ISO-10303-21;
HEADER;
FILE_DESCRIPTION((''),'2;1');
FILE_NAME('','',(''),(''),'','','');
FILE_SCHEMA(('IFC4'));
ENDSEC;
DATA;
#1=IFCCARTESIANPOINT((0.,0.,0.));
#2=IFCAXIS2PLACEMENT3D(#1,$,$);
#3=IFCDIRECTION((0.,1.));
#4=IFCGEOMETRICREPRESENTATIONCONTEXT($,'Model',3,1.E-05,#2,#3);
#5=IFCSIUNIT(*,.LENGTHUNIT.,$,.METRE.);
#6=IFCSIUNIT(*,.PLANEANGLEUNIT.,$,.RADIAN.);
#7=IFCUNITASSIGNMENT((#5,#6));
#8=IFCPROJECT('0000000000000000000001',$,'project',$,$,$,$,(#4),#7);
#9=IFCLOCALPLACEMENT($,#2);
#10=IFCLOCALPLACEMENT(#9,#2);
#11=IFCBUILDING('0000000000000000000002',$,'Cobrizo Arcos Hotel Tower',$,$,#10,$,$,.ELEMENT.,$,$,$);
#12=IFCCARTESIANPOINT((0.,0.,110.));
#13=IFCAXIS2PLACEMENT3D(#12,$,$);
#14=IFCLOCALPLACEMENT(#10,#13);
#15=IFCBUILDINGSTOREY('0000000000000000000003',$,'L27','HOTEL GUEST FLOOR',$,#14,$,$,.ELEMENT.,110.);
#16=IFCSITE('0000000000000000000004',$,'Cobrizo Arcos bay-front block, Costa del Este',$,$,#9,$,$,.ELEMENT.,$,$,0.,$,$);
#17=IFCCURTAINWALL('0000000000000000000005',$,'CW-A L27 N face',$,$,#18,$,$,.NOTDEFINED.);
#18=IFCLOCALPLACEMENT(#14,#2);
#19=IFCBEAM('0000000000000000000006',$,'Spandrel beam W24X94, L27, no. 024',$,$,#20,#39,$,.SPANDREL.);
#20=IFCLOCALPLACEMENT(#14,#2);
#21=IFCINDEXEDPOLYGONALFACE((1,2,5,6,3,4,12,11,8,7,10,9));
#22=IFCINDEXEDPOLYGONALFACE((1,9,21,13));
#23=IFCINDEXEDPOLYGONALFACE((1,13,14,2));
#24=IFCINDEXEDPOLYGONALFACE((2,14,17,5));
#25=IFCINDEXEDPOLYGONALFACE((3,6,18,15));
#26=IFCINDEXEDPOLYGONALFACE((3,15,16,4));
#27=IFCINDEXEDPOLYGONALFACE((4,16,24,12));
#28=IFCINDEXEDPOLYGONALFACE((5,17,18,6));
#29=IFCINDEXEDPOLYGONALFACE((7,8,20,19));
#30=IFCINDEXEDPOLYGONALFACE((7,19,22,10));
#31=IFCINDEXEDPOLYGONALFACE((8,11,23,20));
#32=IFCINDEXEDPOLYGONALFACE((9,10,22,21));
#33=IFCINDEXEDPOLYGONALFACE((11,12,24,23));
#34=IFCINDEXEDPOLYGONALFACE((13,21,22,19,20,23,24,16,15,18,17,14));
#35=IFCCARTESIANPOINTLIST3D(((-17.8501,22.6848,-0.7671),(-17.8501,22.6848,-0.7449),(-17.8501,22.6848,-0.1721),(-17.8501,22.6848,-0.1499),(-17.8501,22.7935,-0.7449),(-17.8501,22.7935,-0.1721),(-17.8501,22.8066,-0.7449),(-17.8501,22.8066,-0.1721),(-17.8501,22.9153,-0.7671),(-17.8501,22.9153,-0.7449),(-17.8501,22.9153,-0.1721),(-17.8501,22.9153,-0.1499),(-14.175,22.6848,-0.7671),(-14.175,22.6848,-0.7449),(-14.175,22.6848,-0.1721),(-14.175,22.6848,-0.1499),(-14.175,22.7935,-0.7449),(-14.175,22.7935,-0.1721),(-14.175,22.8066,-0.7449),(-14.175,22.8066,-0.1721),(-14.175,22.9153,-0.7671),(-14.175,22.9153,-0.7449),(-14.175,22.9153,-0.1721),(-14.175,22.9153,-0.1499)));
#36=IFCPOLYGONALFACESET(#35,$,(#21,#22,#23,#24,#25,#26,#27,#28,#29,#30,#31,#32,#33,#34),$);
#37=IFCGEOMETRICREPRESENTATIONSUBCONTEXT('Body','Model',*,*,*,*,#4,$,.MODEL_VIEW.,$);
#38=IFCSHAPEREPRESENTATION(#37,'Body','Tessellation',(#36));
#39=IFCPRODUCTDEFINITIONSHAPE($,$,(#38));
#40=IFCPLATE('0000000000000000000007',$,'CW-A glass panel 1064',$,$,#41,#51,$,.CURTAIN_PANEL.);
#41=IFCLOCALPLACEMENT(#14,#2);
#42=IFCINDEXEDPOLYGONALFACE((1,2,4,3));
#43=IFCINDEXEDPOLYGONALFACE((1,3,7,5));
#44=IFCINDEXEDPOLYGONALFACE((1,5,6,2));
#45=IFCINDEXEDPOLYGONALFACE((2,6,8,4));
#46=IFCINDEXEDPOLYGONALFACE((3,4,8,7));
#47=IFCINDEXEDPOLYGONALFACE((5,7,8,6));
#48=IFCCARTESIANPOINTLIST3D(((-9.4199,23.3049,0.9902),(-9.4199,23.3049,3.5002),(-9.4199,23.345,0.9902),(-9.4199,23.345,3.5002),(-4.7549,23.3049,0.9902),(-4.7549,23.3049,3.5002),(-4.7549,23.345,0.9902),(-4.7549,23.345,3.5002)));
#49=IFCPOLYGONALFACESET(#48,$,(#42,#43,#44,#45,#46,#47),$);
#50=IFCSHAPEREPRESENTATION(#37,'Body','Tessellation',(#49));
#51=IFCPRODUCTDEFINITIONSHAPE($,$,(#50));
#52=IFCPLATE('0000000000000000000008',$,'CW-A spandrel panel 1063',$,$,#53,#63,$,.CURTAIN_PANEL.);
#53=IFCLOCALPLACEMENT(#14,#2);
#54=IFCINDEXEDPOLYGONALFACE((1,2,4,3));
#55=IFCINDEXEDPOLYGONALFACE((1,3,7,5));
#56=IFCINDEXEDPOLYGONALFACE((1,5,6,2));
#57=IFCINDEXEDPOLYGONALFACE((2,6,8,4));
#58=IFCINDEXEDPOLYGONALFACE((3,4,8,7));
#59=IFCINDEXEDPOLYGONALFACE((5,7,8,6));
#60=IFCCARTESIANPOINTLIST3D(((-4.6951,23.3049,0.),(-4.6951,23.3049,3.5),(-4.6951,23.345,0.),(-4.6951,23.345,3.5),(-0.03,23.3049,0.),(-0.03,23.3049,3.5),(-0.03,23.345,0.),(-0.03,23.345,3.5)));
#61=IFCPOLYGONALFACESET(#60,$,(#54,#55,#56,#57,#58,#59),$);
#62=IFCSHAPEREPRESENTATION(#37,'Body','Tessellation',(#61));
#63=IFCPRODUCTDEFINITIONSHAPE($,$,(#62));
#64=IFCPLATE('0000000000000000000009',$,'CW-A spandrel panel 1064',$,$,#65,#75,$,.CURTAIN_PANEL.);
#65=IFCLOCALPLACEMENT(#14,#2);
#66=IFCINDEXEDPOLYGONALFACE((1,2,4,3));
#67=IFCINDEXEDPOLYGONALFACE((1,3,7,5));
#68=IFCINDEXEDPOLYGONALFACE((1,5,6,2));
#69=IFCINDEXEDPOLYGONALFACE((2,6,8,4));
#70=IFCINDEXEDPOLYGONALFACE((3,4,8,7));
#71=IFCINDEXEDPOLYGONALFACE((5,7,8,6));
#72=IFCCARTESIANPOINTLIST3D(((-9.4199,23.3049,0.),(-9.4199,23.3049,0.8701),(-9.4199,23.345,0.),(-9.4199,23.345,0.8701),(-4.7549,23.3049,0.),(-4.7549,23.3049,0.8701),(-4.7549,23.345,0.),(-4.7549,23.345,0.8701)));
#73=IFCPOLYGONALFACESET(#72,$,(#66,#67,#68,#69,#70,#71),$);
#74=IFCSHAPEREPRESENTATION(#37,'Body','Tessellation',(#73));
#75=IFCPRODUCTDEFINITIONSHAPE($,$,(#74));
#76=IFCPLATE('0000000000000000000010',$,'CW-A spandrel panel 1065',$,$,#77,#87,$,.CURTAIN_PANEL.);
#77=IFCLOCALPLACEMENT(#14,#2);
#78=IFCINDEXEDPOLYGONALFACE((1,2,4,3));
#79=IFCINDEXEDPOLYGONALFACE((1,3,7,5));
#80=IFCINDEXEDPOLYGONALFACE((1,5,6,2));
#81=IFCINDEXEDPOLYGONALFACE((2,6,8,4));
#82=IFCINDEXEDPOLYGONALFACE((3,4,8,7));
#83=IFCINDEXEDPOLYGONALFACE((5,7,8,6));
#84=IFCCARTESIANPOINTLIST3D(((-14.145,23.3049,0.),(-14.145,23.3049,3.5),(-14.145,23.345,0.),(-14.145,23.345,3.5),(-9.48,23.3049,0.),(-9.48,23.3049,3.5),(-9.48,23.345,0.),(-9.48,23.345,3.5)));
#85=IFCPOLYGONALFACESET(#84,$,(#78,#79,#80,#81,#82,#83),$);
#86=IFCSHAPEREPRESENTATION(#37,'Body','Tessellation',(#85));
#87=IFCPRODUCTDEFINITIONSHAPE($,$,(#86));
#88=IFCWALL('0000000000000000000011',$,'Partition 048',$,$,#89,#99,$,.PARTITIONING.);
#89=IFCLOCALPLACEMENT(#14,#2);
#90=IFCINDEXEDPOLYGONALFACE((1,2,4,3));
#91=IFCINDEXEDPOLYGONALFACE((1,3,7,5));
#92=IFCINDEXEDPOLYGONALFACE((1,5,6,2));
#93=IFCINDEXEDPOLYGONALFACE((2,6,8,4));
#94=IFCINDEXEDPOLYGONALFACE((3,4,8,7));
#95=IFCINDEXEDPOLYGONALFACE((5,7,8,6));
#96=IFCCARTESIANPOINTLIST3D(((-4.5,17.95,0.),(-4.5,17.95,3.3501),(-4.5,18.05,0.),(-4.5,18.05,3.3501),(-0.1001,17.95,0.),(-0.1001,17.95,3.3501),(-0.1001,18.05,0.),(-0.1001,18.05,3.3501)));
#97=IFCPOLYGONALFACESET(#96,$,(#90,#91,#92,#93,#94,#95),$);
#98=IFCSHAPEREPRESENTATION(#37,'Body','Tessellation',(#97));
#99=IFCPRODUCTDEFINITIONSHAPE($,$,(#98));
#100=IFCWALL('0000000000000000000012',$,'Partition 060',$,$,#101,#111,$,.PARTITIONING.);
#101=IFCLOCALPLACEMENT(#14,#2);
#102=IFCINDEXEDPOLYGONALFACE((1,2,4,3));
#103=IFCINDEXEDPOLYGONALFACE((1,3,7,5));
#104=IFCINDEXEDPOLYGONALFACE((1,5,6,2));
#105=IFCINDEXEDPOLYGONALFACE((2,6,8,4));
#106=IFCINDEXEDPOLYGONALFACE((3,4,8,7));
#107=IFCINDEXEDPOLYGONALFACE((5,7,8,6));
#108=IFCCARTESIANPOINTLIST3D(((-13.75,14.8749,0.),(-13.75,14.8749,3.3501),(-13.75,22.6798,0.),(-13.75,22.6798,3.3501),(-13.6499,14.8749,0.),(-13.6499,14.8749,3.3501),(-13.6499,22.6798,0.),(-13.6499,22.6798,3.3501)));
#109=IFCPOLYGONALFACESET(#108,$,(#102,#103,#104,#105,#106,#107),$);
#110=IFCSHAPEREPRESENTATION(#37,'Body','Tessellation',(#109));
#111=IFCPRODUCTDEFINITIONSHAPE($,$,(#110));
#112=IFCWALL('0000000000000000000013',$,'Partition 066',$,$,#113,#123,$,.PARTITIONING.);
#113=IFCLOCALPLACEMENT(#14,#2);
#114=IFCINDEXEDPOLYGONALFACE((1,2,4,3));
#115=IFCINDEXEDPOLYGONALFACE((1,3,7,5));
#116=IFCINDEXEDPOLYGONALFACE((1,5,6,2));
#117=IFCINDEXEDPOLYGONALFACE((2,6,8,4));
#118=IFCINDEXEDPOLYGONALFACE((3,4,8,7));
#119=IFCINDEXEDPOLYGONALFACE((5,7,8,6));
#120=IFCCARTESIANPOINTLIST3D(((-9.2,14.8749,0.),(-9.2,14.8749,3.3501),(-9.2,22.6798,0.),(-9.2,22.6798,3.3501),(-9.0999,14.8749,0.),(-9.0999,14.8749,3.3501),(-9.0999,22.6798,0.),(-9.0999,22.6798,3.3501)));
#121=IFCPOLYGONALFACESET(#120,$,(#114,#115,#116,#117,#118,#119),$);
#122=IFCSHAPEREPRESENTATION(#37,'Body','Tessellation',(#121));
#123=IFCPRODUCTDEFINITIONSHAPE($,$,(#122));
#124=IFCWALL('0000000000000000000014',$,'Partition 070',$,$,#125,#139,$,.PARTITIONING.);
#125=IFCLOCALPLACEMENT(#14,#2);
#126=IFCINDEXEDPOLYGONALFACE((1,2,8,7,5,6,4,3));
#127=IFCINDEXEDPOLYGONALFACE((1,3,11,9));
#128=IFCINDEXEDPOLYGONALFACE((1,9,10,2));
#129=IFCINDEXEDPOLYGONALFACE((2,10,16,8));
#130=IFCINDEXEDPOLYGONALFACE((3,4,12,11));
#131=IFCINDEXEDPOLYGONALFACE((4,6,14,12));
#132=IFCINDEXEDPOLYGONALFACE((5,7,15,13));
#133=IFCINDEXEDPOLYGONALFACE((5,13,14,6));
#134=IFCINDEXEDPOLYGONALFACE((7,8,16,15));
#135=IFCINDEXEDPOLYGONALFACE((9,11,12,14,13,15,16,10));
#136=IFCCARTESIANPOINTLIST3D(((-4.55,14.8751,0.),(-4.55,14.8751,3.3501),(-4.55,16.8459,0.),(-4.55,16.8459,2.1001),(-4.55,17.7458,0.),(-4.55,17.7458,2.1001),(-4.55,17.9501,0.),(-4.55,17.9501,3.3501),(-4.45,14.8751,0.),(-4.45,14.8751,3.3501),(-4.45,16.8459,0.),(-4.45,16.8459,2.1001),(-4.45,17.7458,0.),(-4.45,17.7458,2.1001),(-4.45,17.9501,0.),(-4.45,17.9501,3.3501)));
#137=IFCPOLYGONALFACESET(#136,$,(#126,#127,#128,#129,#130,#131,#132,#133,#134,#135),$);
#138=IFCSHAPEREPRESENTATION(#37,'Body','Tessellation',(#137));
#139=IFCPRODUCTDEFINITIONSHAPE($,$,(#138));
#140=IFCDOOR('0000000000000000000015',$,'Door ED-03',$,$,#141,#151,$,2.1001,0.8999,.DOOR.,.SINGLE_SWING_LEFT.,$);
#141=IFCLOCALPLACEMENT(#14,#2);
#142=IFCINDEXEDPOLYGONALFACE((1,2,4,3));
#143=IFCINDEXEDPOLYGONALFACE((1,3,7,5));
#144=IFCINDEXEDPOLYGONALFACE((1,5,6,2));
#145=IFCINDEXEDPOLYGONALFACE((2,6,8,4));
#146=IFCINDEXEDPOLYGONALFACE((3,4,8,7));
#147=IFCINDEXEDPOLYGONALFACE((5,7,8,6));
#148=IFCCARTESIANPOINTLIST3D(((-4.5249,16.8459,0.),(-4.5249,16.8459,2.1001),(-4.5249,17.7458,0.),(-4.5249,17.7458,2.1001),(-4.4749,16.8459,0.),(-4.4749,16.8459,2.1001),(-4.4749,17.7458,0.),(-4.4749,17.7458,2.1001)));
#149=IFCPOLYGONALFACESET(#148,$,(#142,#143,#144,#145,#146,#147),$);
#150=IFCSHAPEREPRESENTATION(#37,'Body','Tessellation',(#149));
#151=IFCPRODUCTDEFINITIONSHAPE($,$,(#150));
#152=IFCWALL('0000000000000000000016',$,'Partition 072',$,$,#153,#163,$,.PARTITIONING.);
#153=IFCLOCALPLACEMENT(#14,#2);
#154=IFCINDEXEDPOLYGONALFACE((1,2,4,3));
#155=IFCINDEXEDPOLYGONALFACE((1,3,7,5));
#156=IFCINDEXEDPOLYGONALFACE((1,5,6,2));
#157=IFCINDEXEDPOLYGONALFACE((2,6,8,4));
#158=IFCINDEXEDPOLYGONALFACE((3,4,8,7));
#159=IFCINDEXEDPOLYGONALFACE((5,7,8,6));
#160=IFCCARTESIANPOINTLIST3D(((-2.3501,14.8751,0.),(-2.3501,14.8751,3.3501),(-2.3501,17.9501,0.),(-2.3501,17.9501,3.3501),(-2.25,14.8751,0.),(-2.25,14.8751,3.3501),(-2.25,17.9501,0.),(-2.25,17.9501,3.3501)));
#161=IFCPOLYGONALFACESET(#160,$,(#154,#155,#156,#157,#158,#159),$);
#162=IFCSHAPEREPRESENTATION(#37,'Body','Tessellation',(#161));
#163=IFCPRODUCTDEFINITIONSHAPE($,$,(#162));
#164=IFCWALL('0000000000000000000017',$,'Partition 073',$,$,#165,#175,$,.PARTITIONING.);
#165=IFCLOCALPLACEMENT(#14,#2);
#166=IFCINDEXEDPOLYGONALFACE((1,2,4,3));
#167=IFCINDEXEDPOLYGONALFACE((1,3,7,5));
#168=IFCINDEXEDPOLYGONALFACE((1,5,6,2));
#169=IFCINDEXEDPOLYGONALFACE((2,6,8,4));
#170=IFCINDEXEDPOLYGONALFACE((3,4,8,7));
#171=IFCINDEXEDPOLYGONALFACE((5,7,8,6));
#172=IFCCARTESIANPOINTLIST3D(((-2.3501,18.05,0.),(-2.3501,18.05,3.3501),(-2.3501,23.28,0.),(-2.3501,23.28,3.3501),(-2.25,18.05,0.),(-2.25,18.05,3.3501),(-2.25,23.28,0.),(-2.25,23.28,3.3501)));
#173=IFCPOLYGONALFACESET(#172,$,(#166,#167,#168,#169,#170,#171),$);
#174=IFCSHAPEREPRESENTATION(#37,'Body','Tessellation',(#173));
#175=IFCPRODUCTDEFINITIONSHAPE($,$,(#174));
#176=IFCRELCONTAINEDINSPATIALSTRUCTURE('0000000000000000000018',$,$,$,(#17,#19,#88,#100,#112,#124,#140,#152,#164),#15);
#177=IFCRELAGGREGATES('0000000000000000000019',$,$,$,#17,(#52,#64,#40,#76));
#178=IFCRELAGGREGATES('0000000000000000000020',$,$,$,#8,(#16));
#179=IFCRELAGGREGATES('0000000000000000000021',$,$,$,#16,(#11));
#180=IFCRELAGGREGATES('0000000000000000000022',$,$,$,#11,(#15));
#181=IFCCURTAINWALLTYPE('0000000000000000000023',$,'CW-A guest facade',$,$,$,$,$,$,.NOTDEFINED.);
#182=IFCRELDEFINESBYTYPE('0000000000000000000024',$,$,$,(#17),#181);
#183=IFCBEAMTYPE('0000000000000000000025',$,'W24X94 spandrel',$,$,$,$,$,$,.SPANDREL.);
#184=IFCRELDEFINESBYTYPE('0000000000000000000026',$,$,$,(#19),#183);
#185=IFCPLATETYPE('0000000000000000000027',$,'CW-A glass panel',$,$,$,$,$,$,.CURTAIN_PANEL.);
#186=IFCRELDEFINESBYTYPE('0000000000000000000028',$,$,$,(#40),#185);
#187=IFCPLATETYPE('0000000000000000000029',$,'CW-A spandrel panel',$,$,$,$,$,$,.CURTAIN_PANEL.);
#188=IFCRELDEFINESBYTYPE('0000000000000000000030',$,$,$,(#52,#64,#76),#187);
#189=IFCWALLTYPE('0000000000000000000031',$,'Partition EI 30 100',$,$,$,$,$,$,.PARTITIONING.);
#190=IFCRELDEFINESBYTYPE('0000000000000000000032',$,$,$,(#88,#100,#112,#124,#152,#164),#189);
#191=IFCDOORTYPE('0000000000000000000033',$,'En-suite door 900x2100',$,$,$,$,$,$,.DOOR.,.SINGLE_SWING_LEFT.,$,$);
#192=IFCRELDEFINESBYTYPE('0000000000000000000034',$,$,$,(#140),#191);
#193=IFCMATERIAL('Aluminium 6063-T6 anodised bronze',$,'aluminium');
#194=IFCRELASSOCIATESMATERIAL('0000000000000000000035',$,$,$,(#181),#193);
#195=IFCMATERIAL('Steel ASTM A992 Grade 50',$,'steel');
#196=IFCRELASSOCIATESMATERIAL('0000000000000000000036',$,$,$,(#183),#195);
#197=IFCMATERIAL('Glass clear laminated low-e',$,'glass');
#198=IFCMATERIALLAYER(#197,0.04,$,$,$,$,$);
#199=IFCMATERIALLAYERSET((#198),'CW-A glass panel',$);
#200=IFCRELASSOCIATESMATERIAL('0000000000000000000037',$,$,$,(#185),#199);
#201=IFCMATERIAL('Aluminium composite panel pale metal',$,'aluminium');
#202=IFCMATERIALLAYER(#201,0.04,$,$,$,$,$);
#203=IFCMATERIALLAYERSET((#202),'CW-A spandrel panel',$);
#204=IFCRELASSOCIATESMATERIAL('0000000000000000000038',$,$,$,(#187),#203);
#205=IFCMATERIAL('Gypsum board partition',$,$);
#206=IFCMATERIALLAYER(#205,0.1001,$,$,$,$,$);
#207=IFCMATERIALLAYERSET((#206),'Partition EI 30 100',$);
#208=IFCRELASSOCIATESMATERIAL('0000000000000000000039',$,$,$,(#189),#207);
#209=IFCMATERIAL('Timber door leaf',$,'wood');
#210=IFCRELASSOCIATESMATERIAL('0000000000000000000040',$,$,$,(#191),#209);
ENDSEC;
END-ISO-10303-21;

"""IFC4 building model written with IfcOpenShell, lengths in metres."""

from ifc_helpers import new_model, si_unit, direction, frame, frame_2d, origin, origin_2d, place, context, subcontext, project, spatial, rectangle, i_section, extrude, material, layer, layer_set, material_profile, profile_set, type_object, element, fill, aggregate, save


model = new_model("IFC4")

# Units and contexts
model_context = context("Model", 3, precision=1e-05, world=origin(), true_north=direction((0.0, 1.0)))
body_context = subcontext(model_context, "Body", "Model", "MODEL_VIEW")
ifc_project = project(units=[si_unit("LENGTHUNIT", "METRE"), si_unit("PLANEANGLEUNIT", "RADIAN")], contexts=[model_context])

# Site, building, storey
site_placement = place(None, origin())
site = spatial("IfcSite", under=ifc_project, at=site_placement, Name="Cobrizo Arcos bay-front block, Costa del Este", CompositionType="ELEMENT", RefElevation=0.0)
building_placement = place(site_placement, origin())
building = spatial("IfcBuilding", under=site, at=building_placement, Name="Cobrizo Arcos Hotel Tower", CompositionType="ELEMENT")
storey_placement = place(building_placement, frame((0.0, 0.0, 110.0)))
storey = spatial("IfcBuildingStorey", under=building, at=storey_placement, Name="L27", Description="HOTEL GUEST FLOOR", CompositionType="ELEMENT", Elevation=110.0)

# Curtain wall
ifc_material_1 = material(Name="Aluminium 6063-T6 anodised bronze", Category="aluminium")
curtain_wall_type = type_object("IfcCurtainWallType", Name="CW-A guest facade", PredefinedType="NOTDEFINED", material=ifc_material_1)
curtain_wall_placement = place(storey_placement, origin())
curtain_wall = element("IfcCurtainWall", 1, at=curtain_wall_placement, inside=storey, type_object=curtain_wall_type, Name="CW-A L27 N face", PredefinedType="NOTDEFINED")

# Beam
ifc_material_2 = material(Name="Steel ASTM A992 Grade 50", Category="steel")
ifc_material_profile_1 = material_profile(ifc_material_2, i_section(OverallWidth=0.2305, OverallDepth=0.6172, WebThickness=0.0132, FlangeThickness=0.0222, at=origin_2d()), Name="W24X94")
ifc_profile_set_1 = profile_set([ifc_material_profile_1], Name="Steel ASTM A992 Grade 50")
beam_type = type_object("IfcBeamType", Name="W24X94 spandrel", PredefinedType="SPANDREL", material=ifc_profile_set_1)
beam_1_placement = place(storey_placement, frame((-14.175, 22.8, -0.4585), z_axis=(-1.0, 0.0, 0.0), x_axis=(0.0, -1.0, 0.0)))
element("IfcBeam", 2, at=beam_1_placement, inside=storey, type_object=beam_type, Name="Spandrel beam W24X94, L27, no. 024", PredefinedType="SPANDREL", context=body_context, shape_type="SweptSolid", body=[
    extrude(i_section(OverallWidth=0.2305, OverallDepth=0.6172, WebThickness=0.0132, FlangeThickness=0.0222, at=origin_2d()), origin(), (0.0, 0.0, 1.0), 3.675),
])

# Plates
ifc_material_3 = material(Name="Glass clear laminated low-e", Category="glass")
ifc_layer_1 = layer(ifc_material_3, 0.04)
ifc_layer_set_1 = layer_set([ifc_layer_1], Name="CW-A glass panel")
plate_type_1 = type_object("IfcPlateType", Name="CW-A glass panel", PredefinedType="CURTAIN_PANEL", material=ifc_layer_set_1)
plate_1_placement = place(storey_placement, frame((-7.0874, 23.325, 0.9902), z_axis=(0.0, 0.0, 1.0), x_axis=(-1.0, 0.0, 0.0)))
plate_1 = element("IfcPlate", 3, at=plate_1_placement, type_object=plate_type_1, Name="CW-A glass panel 1064", PredefinedType="CURTAIN_PANEL", context=body_context, shape_type="SweptSolid", body=[
    extrude(rectangle(XDim=4.665, YDim=0.04, at=origin_2d()), origin(), (0.0, 0.0, 1.0), 2.51),
])
ifc_material_4 = material(Name="Aluminium composite panel pale metal", Category="aluminium")
ifc_layer_2 = layer(ifc_material_4, 0.04)
ifc_layer_set_2 = layer_set([ifc_layer_2], Name="CW-A spandrel panel")
plate_type_2 = type_object("IfcPlateType", Name="CW-A spandrel panel", PredefinedType="CURTAIN_PANEL", material=ifc_layer_set_2)
plate_2_placement = place(storey_placement, frame((-2.3625, 23.325, 0.0), z_axis=(0.0, 0.0, 1.0), x_axis=(-1.0, 0.0, 0.0)))
plate_2 = element("IfcPlate", 4, at=plate_2_placement, type_object=plate_type_2, Name="CW-A spandrel panel 1063", PredefinedType="CURTAIN_PANEL", context=body_context, shape_type="SweptSolid", body=[
    extrude(rectangle(XDim=4.665, YDim=0.04, at=origin_2d()), origin(), (0.0, 0.0, 1.0), 3.5),
])
plate_3_placement = place(storey_placement, frame((-7.0874, 23.325, 0.0), z_axis=(0.0, 0.0, 1.0), x_axis=(-1.0, 0.0, 0.0)))
plate_3 = element("IfcPlate", 5, at=plate_3_placement, type_object=plate_type_2, Name="CW-A spandrel panel 1064", PredefinedType="CURTAIN_PANEL", context=body_context, shape_type="SweptSolid", body=[
    extrude(rectangle(XDim=4.665, YDim=0.04, at=origin_2d()), origin(), (0.0, 0.0, 1.0), 0.8701),
])
plate_4_placement = place(storey_placement, frame((-11.8125, 23.325, 0.0), z_axis=(0.0, 0.0, 1.0), x_axis=(-1.0, 0.0, 0.0)))
plate_4 = element("IfcPlate", 6, at=plate_4_placement, type_object=plate_type_2, Name="CW-A spandrel panel 1065", PredefinedType="CURTAIN_PANEL", context=body_context, shape_type="SweptSolid", body=[
    extrude(rectangle(XDim=4.665, YDim=0.04, at=origin_2d()), origin(), (0.0, 0.0, 1.0), 3.5),
])
aggregate(curtain_wall, [plate_2, plate_3, plate_1, plate_4])

# Walls
ifc_material_5 = material(Name="Gypsum board partition")
ifc_layer_3 = layer(ifc_material_5, 0.1001)
ifc_layer_set_3 = layer_set([ifc_layer_3], Name="Partition EI 30 100")
wall_type = type_object("IfcWallType", Name="Partition EI 30 100", PredefinedType="PARTITIONING", material=ifc_layer_set_3)
wall_1_placement = place(storey_placement, frame((-4.5, 18.0, 0.0), z_axis=(0.0, 0.0, 1.0), x_axis=(1.0, 0.0, 0.0)))
element("IfcWall", 7, at=wall_1_placement, inside=storey, type_object=wall_type, Name="Partition 048", PredefinedType="PARTITIONING", context=body_context, shape_type="SweptSolid", body=[
    extrude(rectangle(XDim=4.3999, YDim=0.1001, at=frame_2d((2.2, 0.0))), origin(), (0.0, 0.0, 1.0), 3.3501),
])
for number, where, z_axis, x_axis, name in (
    (8, (-13.7, 14.875, 0.0), (0.0, 0.0, 1.0), (0.0, 1.0, 0.0), "Partition 060"),
    (9, (-9.1499, 14.875, 0.0), (0.0, 0.0, 1.0), (0.0, 1.0, 0.0), "Partition 066"),
):
    element("IfcWall", number, at=place(storey_placement, frame(where, z_axis=z_axis, x_axis=x_axis)), inside=storey, type_object=wall_type, Name=name, PredefinedType="PARTITIONING", context=body_context, shape_type="SweptSolid", body=[
        extrude(rectangle(XDim=7.8049, YDim=0.1001, at=frame_2d((3.9023, 0.0))), origin(), (0.0, 0.0, 1.0), 3.3501),
    ])

# Wall, opening, door
wall_2_placement = place(storey_placement, frame((-4.5, 14.875, 0.0), z_axis=(0.0, 0.0, 1.0), x_axis=(0.0, 1.0, 0.0)))
wall_2 = element("IfcWall", 10, at=wall_2_placement, inside=storey, type_object=wall_type, Name="Partition 070", PredefinedType="PARTITIONING", context=body_context, shape_type="SweptSolid", body=[
    extrude(rectangle(XDim=3.075, YDim=0.1001, at=frame_2d((1.5376, 0.0))), origin(), (0.0, 0.0, 1.0), 3.3501),
])
opening_1_placement = place(wall_2_placement, frame((1.9709, 0.0, 0.0)))
opening_1 = element("IfcOpeningElement", 11, at=opening_1_placement, cuts=wall_2, PredefinedType="OPENING", context=body_context, shape_type="SweptSolid", body=[
    extrude(rectangle(XDim=0.8999, YDim=2.1001, at=frame_2d((0.45, 1.05))), frame((0.0, 0.062, 0.0), z_axis=(0.0, -1.0, 0.0), x_axis=(1.0, 0.0, 0.0)), (0.0, 0.0, 1.0), 0.124),
])
ifc_material_6 = material(Name="Timber door leaf", Category="wood")
door_type = type_object("IfcDoorType", Name="En-suite door 900x2100", OperationType="SINGLE_SWING_LEFT", PredefinedType="DOOR", material=ifc_material_6)
door_1_placement = place(opening_1_placement, origin())
door_1 = element("IfcDoor", 12, at=door_1_placement, inside=storey, type_object=door_type, Name="Door ED-03", OperationType="SINGLE_SWING_LEFT", OverallHeight=2.1001, OverallWidth=0.8999, PredefinedType="DOOR", context=body_context, shape_type="SweptSolid", body=[
    extrude(rectangle(XDim=0.8999, YDim=2.1001, at=frame_2d((0.45, 1.05))), frame((0.0, 0.0249, 0.0), z_axis=(0.0, -1.0, 0.0), x_axis=(1.0, 0.0, 0.0)), (0.0, 0.0, 1.0), 0.05),
])
fill(opening_1, door_1)

# Walls
wall_3_placement = place(storey_placement, frame((-2.3, 14.875, 0.0), z_axis=(0.0, 0.0, 1.0), x_axis=(0.0, 1.0, 0.0)))
element("IfcWall", 13, at=wall_3_placement, inside=storey, type_object=wall_type, Name="Partition 072", PredefinedType="PARTITIONING", context=body_context, shape_type="SweptSolid", body=[
    extrude(rectangle(XDim=3.075, YDim=0.1001, at=frame_2d((1.5376, 0.0))), origin(), (0.0, 0.0, 1.0), 3.3501),
])
wall_4_placement = place(storey_placement, frame((-2.3, 18.05, 0.0), z_axis=(0.0, 0.0, 1.0), x_axis=(0.0, 1.0, 0.0)))
element("IfcWall", 14, at=wall_4_placement, inside=storey, type_object=wall_type, Name="Partition 073", PredefinedType="PARTITIONING", context=body_context, shape_type="SweptSolid", body=[
    extrude(rectangle(XDim=5.23, YDim=0.1001, at=frame_2d((2.615, 0.0))), origin(), (0.0, 0.0, 1.0), 3.3501),
])

save(model, "model.ifc")
